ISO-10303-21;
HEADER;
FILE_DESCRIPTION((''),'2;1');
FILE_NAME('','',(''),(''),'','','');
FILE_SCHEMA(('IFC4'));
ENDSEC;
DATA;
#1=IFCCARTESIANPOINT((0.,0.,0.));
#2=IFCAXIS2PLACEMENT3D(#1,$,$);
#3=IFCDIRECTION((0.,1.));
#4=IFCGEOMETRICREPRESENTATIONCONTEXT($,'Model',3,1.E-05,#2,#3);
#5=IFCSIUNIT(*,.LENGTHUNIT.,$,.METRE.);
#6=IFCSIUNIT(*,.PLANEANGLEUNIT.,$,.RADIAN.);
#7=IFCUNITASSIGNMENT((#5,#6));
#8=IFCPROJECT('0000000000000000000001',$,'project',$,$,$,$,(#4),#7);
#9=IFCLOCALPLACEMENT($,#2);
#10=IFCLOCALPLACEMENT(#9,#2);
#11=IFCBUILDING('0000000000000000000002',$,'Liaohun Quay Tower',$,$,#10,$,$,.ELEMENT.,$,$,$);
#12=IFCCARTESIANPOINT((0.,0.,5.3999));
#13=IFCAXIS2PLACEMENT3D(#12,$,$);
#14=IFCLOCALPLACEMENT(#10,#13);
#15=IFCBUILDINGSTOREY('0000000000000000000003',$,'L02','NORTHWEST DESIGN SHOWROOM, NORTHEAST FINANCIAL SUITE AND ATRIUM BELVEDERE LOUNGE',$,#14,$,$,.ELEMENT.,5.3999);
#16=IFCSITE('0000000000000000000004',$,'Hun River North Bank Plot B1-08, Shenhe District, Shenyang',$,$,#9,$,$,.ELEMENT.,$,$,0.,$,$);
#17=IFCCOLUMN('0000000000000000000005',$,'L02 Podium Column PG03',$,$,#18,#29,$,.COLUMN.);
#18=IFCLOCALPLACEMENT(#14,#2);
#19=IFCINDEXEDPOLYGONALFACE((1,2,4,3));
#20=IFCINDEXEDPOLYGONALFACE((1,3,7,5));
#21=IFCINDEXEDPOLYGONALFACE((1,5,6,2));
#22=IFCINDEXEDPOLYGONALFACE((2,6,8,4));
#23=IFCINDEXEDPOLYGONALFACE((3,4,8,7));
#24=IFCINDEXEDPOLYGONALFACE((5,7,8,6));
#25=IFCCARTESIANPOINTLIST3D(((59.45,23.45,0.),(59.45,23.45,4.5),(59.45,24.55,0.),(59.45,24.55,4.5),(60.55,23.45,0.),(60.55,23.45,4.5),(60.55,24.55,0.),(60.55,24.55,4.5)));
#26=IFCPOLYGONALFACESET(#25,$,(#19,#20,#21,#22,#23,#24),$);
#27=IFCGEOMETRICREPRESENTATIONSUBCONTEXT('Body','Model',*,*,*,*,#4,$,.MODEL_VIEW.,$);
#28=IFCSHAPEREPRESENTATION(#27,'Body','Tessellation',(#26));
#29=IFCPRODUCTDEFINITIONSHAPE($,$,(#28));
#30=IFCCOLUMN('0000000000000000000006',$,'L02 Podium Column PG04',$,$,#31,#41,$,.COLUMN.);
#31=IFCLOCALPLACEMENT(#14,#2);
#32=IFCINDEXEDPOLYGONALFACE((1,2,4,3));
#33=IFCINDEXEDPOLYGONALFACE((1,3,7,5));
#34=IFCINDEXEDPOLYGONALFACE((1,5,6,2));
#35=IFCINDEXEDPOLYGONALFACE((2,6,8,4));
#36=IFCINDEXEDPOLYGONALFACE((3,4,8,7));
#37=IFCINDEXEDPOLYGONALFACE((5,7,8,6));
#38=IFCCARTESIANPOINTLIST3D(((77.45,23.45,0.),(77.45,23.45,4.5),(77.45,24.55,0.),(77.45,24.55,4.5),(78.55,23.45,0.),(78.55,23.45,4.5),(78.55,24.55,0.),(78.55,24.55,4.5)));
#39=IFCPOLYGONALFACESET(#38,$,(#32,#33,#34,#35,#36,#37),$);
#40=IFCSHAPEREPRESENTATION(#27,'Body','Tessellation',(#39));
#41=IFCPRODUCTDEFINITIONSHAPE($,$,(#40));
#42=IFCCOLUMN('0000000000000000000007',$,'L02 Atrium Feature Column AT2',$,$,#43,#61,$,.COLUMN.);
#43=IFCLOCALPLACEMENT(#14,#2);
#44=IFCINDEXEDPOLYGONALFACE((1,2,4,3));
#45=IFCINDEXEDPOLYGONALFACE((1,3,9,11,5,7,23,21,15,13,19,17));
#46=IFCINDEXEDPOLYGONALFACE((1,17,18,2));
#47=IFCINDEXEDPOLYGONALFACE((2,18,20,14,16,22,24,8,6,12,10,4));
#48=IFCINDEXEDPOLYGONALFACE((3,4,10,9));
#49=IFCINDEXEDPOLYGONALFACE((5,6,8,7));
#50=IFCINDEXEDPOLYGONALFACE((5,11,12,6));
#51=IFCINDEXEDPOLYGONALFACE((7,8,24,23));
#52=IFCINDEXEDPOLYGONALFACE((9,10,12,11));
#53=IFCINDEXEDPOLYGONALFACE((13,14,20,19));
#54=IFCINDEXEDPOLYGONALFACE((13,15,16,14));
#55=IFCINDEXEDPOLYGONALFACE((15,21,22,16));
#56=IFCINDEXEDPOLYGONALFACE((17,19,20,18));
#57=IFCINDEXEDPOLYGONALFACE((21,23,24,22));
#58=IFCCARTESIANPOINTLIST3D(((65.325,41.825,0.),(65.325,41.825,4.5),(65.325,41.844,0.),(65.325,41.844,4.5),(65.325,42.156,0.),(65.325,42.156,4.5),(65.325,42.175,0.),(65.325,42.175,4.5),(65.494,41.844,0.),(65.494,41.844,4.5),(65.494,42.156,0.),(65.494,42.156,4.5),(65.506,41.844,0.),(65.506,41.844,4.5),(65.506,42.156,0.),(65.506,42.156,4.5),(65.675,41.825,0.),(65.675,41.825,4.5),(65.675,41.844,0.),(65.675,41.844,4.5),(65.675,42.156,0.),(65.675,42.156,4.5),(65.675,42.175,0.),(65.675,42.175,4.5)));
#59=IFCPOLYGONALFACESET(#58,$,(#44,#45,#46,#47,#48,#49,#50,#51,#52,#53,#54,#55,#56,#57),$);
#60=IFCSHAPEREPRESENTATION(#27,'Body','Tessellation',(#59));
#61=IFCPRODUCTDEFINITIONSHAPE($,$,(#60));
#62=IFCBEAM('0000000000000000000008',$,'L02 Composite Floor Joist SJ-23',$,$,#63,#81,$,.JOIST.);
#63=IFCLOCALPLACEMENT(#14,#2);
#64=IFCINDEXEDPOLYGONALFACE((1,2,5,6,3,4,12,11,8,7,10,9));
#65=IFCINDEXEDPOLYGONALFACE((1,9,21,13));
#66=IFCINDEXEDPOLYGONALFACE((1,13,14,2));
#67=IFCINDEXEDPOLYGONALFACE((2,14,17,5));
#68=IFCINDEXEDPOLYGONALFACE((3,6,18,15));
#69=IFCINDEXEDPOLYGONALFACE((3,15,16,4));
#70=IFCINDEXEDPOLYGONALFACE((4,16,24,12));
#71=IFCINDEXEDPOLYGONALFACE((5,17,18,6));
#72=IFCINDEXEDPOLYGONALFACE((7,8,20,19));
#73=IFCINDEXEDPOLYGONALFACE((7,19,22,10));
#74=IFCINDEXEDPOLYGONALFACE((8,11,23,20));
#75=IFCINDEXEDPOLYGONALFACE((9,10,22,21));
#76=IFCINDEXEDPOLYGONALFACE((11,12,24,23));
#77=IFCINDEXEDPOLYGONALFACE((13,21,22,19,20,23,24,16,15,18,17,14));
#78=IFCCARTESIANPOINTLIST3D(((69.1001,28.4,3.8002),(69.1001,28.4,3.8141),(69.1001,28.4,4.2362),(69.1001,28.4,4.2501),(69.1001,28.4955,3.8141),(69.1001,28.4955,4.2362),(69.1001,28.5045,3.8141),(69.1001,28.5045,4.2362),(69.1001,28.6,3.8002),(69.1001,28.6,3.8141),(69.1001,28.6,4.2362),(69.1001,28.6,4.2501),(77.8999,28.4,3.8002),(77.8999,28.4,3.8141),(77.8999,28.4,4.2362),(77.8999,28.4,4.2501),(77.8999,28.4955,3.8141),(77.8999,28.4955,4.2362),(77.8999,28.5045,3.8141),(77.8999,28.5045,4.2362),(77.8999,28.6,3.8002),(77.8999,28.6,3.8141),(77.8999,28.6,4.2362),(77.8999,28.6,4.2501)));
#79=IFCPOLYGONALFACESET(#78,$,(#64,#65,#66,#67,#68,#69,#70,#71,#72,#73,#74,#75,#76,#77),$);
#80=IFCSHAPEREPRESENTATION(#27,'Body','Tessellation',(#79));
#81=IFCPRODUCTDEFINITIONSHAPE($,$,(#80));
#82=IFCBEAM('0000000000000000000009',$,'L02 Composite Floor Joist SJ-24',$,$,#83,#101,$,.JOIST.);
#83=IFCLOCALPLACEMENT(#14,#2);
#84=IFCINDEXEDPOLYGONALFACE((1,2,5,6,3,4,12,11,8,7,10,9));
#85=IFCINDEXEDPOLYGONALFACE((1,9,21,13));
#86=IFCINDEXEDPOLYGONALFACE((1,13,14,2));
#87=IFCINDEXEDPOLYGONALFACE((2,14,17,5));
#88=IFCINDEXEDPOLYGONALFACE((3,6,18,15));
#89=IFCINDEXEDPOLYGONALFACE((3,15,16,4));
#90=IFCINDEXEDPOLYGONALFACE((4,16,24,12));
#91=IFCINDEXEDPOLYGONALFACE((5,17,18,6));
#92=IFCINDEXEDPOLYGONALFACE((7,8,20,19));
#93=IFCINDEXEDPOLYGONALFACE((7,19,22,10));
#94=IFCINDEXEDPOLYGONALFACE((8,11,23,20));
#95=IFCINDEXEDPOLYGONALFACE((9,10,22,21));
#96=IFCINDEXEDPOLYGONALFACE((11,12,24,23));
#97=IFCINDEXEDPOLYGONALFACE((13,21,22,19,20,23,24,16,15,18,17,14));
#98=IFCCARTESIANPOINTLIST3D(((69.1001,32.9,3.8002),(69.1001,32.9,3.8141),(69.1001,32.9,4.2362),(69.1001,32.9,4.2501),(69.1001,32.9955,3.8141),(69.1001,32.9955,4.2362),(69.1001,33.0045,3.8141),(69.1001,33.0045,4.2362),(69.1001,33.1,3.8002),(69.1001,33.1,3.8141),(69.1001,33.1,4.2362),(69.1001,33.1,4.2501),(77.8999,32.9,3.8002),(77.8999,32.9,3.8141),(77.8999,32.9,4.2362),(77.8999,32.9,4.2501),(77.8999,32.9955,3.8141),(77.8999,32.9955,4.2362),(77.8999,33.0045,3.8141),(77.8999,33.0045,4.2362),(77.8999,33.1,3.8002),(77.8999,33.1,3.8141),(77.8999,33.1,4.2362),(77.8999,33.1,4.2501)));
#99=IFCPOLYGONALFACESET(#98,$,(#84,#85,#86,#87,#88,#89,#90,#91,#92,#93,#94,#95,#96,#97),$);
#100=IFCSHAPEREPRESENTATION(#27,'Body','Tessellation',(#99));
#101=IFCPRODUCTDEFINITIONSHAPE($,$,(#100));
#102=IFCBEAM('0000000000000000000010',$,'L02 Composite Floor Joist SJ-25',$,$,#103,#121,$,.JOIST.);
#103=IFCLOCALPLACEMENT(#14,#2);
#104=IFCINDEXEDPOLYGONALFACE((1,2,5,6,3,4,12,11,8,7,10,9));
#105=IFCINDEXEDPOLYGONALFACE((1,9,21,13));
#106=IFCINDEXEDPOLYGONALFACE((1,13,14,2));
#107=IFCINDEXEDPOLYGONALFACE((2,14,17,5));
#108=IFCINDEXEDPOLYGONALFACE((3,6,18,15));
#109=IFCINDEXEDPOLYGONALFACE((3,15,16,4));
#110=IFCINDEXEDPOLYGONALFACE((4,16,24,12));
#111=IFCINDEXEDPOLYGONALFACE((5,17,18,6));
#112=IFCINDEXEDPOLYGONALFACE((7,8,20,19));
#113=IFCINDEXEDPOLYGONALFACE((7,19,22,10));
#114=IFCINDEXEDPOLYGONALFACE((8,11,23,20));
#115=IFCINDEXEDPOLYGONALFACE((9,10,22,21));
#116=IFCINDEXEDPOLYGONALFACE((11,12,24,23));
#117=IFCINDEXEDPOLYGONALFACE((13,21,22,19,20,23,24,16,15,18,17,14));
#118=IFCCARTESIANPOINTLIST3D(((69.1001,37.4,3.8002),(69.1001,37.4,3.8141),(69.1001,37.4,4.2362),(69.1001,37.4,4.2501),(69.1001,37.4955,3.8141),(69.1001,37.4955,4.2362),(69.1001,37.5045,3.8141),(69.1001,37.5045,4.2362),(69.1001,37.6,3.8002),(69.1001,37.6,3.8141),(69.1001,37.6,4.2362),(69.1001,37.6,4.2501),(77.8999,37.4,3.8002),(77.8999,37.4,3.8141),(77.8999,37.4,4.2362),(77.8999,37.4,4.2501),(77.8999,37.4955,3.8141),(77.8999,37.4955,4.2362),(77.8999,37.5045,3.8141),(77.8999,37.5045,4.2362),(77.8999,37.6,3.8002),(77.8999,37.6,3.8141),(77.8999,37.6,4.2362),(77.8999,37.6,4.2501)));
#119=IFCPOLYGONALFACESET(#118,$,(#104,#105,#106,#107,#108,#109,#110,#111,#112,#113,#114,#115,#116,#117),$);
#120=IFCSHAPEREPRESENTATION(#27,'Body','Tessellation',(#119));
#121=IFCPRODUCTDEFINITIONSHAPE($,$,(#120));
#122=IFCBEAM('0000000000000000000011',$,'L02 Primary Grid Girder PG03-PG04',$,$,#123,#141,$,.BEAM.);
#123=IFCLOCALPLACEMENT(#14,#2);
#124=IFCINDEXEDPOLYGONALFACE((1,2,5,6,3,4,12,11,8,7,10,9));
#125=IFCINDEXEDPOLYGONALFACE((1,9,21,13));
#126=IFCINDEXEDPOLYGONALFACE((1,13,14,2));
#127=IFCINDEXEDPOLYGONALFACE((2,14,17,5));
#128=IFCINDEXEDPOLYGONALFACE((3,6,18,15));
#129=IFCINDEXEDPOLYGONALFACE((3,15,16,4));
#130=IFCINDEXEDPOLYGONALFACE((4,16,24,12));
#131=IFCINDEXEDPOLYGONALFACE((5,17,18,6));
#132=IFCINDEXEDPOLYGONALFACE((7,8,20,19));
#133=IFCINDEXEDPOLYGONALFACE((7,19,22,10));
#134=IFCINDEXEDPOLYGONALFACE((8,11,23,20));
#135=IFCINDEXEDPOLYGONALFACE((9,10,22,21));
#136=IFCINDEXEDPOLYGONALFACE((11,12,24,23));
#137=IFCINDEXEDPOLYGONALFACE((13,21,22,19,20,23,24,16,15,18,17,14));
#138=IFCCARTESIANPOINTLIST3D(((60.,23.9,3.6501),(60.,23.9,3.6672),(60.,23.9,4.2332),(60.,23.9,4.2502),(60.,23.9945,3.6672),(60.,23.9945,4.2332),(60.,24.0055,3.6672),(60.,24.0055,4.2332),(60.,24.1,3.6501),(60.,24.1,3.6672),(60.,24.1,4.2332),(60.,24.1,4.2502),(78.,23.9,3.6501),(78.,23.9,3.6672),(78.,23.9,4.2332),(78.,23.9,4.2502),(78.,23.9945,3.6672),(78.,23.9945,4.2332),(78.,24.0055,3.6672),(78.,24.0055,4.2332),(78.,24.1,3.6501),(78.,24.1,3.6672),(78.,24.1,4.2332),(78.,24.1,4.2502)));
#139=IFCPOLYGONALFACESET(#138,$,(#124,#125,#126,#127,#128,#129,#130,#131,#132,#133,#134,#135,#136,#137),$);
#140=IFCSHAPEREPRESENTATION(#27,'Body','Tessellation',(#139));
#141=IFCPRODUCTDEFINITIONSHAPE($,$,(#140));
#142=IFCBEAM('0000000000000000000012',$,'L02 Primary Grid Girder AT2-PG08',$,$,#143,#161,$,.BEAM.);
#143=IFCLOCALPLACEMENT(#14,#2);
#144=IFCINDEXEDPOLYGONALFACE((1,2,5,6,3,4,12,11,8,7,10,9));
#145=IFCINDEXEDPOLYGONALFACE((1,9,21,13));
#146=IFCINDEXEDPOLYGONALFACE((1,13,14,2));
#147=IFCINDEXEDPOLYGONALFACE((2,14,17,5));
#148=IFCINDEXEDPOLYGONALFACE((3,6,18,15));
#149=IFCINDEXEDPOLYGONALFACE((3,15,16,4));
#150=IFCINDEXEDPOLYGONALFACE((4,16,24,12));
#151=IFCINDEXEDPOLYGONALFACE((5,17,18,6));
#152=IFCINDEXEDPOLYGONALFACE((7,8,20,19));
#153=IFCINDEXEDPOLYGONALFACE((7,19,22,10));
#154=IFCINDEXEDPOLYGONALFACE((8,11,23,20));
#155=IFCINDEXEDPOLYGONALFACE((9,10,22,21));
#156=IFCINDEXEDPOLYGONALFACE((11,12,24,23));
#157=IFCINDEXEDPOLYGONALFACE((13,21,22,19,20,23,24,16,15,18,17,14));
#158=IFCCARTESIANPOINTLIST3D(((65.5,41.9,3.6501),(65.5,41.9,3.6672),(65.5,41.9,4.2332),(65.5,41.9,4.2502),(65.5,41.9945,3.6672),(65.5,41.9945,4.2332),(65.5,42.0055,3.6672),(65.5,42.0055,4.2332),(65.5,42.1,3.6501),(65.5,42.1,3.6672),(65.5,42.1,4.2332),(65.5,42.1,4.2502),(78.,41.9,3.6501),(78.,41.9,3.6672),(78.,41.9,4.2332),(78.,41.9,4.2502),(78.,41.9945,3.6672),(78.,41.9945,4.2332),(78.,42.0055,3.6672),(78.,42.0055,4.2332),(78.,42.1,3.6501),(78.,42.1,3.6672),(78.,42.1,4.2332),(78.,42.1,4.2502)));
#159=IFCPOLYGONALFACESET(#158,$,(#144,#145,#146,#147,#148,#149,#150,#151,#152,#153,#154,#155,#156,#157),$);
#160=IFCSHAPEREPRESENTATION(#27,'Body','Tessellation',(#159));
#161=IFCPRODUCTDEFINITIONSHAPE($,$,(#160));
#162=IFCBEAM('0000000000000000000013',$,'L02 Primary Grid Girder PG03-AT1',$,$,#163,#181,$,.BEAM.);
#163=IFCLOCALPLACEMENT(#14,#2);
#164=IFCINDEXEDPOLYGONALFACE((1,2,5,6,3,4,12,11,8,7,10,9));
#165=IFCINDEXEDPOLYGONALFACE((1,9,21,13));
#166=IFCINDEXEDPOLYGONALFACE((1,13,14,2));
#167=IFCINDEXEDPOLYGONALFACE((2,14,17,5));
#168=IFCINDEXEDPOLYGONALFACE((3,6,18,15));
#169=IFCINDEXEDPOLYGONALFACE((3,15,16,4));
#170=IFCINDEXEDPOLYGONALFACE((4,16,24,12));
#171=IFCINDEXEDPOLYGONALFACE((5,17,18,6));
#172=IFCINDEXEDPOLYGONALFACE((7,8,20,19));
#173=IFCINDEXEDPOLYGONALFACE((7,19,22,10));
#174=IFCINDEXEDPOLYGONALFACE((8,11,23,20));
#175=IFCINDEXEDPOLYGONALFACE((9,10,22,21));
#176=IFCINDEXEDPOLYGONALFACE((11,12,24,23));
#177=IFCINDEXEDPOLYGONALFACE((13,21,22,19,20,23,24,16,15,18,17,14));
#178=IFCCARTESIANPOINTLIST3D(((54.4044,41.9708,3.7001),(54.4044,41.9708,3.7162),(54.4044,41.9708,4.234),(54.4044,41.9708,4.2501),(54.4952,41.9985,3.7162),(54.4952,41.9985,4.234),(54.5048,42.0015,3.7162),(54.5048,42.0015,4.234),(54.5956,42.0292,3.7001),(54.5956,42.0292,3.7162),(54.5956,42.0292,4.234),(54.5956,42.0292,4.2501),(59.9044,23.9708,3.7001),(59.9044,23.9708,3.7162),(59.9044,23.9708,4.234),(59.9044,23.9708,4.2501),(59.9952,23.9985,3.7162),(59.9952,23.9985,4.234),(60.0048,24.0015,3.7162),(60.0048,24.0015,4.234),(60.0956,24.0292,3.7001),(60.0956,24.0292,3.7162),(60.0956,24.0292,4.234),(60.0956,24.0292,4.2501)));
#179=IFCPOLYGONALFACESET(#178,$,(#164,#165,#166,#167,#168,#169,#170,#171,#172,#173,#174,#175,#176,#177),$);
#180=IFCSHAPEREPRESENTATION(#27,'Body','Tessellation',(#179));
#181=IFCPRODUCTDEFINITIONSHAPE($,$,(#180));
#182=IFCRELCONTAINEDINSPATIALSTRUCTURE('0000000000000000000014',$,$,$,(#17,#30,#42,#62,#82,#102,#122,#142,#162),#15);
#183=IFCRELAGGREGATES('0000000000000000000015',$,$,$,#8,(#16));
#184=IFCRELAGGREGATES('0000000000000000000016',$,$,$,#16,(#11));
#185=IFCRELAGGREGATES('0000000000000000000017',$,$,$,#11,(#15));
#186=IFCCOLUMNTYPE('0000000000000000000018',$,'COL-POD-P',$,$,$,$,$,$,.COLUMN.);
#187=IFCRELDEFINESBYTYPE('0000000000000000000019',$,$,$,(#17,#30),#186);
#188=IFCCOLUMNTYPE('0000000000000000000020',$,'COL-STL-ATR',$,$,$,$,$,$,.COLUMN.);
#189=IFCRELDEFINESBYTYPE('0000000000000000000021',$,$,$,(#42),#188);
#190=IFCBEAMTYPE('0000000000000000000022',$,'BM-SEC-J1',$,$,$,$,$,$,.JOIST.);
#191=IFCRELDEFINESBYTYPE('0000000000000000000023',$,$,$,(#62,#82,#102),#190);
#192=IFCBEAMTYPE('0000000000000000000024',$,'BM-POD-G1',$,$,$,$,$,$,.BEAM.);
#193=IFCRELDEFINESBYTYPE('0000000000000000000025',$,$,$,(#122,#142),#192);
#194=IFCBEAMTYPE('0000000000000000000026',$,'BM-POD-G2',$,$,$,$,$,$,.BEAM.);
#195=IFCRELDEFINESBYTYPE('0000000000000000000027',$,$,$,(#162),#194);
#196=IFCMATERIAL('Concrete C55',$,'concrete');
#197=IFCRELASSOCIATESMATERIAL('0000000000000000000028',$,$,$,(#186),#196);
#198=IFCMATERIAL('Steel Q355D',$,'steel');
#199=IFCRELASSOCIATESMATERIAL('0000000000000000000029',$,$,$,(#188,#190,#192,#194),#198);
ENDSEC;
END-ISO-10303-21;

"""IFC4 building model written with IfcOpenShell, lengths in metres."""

from ifc_helpers import new_model, si_unit, direction, frame, origin, origin_2d, place, context, subcontext, project, spatial, rectangle, i_section, extrude, source, transform, mapped, material, material_profile, profile_set, type_object, element, save


model = new_model("IFC4")

# Units and contexts
model_context = context("Model", 3, precision=1e-05, world=origin(), true_north=direction((0.0, 1.0)))
body_context = subcontext(model_context, "Body", "Model", "MODEL_VIEW")
ifc_project = project(units=[si_unit("LENGTHUNIT", "METRE"), si_unit("PLANEANGLEUNIT", "RADIAN")], contexts=[model_context])

# Site, building, storey
site_placement = place(None, origin())
site = spatial("IfcSite", under=ifc_project, at=site_placement, Name="Hun River North Bank Plot B1-08, Shenhe District, Shenyang", CompositionType="ELEMENT", RefElevation=0.0)
building_placement = place(site_placement, origin())
building = spatial("IfcBuilding", under=site, at=building_placement, Name="Liaohun Quay Tower", CompositionType="ELEMENT")
storey_placement = place(building_placement, frame((0.0, 0.0, 5.3999)))
storey = spatial("IfcBuildingStorey", under=building, at=storey_placement, Name="L02", Description="NORTHWEST DESIGN SHOWROOM, NORTHEAST FINANCIAL SUITE AND ATRIUM BELVEDERE LOUNGE", CompositionType="ELEMENT", Elevation=5.3999)

# Columns
ifc_material_1 = material(Name="Concrete C55", Category="concrete")
ifc_material_profile_1 = material_profile(ifc_material_1, rectangle(XDim=1.1001, YDim=1.1001, at=origin_2d()), Name="RC1100x1100")
ifc_profile_set_1 = profile_set([ifc_material_profile_1], Name="Concrete C55")
column_type_1 = type_object("IfcColumnType", Name="COL-POD-P", PredefinedType="COLUMN", material=ifc_profile_set_1)
shared_shape_1 = source(origin(), body_context, "Body", "SweptSolid", [
    extrude(rectangle(XDim=1.1001, YDim=1.1001, at=origin_2d()), origin(), (0.0, 0.0, 1.0), 4.5),
])
for number, where, z_axis, x_axis, name in (
    (1, (60.0, 24.0, 0.0), (0.0, 0.0, 1.0), (1.0, 0.0, 0.0), "L02 Podium Column PG03"),
    (2, (78.0, 24.0, 0.0), (0.0, 0.0, 1.0), (1.0, 0.0, 0.0), "L02 Podium Column PG04"),
):
    element("IfcColumn", number, at=place(storey_placement, frame(where, z_axis=z_axis, x_axis=x_axis)), inside=storey, type_object=column_type_1, Name=name, PredefinedType="COLUMN", context=body_context, shape_type="MappedRepresentation", body=[
        mapped(shared_shape_1, transform((0.0, 0.0, 0.0), x_axis=(1.0, 0.0, 0.0), y_axis=(0.0, 1.0, 0.0), z_axis=(0.0, 0.0, 1.0), scale=1.0)),
    ])
ifc_material_2 = material(Name="Steel Q355D", Category="steel")
ifc_material_profile_2 = material_profile(ifc_material_2, i_section(OverallWidth=0.3501, OverallDepth=0.3501, WebThickness=0.012, FlangeThickness=0.019, at=origin_2d()), Name="HW350x350x12x19")
ifc_profile_set_2 = profile_set([ifc_material_profile_2], Name="Steel Q355D")
column_type_2 = type_object("IfcColumnType", Name="COL-STL-ATR", PredefinedType="COLUMN", material=ifc_profile_set_2)
shared_shape_2 = source(origin(), body_context, "Body", "SweptSolid", [
    extrude(i_section(OverallWidth=0.3501, OverallDepth=0.3501, WebThickness=0.012, FlangeThickness=0.019, at=origin_2d()), origin(), (0.0, 0.0, 1.0), 4.5),
])
column_placement = place(storey_placement, frame((65.5, 42.0, 0.0), z_axis=(0.0, 0.0, 1.0), x_axis=(1.0, 0.0, 0.0)))
element("IfcColumn", 3, at=column_placement, inside=storey, type_object=column_type_2, Name="L02 Atrium Feature Column AT2", PredefinedType="COLUMN", context=body_context, shape_type="MappedRepresentation", body=[
    mapped(shared_shape_2, transform((0.0, 0.0, 0.0), x_axis=(1.0, 0.0, 0.0), y_axis=(0.0, 1.0, 0.0), z_axis=(0.0, 0.0, 1.0), scale=1.0)),
])

# Beams
ifc_material_profile_3 = material_profile(ifc_material_2, i_section(OverallWidth=0.2, OverallDepth=0.45, WebThickness=0.009, FlangeThickness=0.0139, at=origin_2d()), Name="HN450x200x9x14")
ifc_profile_set_3 = profile_set([ifc_material_profile_3], Name="Steel Q355D")
beam_type_1 = type_object("IfcBeamType", Name="BM-SEC-J1", PredefinedType="JOIST", material=ifc_profile_set_3)
shared_shape_3 = source(origin(), body_context, "Body", "SweptSolid", [
    extrude(i_section(OverallWidth=0.2, OverallDepth=0.45, WebThickness=0.009, FlangeThickness=0.0139, at=origin_2d()), origin(), (0.0, 0.0, 1.0), 8.7998),
])
for number, where, z_axis, x_axis, name in (
    (4, (69.1001, 28.5, 4.0251), (1.0, 0.0, 0.0), (0.0, 1.0, 0.0), "L02 Composite Floor Joist SJ-23"),
    (5, (69.1001, 33.0, 4.0251), (1.0, 0.0, 0.0), (0.0, 1.0, 0.0), "L02 Composite Floor Joist SJ-24"),
    (6, (69.1001, 37.5, 4.0251), (1.0, 0.0, 0.0), (0.0, 1.0, 0.0), "L02 Composite Floor Joist SJ-25"),
):
    element("IfcBeam", number, at=place(storey_placement, frame(where, z_axis=z_axis, x_axis=x_axis)), inside=storey, type_object=beam_type_1, Name=name, PredefinedType="JOIST", context=body_context, shape_type="MappedRepresentation", body=[
        mapped(shared_shape_3, transform((0.0, 0.0, 0.0), x_axis=(1.0, 0.0, 0.0), y_axis=(0.0, 1.0, 0.0), z_axis=(0.0, 0.0, 1.0), scale=1.0)),
    ])
ifc_material_profile_4 = material_profile(ifc_material_2, i_section(OverallWidth=0.2, OverallDepth=0.6001, WebThickness=0.011, FlangeThickness=0.0171, at=origin_2d()), Name="HN600x200x11x17")
ifc_profile_set_4 = profile_set([ifc_material_profile_4], Name="Steel Q355D")
beam_type_2 = type_object("IfcBeamType", Name="BM-POD-G1", PredefinedType="BEAM", material=ifc_profile_set_4)
shared_shape_4 = source(origin(), body_context, "Body", "SweptSolid", [
    extrude(i_section(OverallWidth=0.2, OverallDepth=0.6001, WebThickness=0.011, FlangeThickness=0.0171, at=origin_2d()), origin(), (0.0, 0.0, 1.0), 18.0),
])
beam_1_placement = place(storey_placement, frame((60.0, 24.0, 3.9502), z_axis=(1.0, 0.0, 0.0), x_axis=(0.0, 1.0, 0.0)))
element("IfcBeam", 7, at=beam_1_placement, inside=storey, type_object=beam_type_2, Name="L02 Primary Grid Girder PG03-PG04", PredefinedType="BEAM", context=body_context, shape_type="MappedRepresentation", body=[
    mapped(shared_shape_4, transform((0.0, 0.0, 0.0), x_axis=(1.0, 0.0, 0.0), y_axis=(0.0, 1.0, 0.0), z_axis=(0.0, 0.0, 1.0), scale=1.0)),
])
shared_shape_5 = source(origin(), body_context, "Body", "SweptSolid", [
    extrude(i_section(OverallWidth=0.2, OverallDepth=0.6001, WebThickness=0.011, FlangeThickness=0.0171, at=origin_2d()), origin(), (0.0, 0.0, 1.0), 12.5),
])
beam_2_placement = place(storey_placement, frame((65.5, 42.0, 3.9502), z_axis=(1.0, 0.0, 0.0), x_axis=(0.0, 1.0, 0.0)))
element("IfcBeam", 8, at=beam_2_placement, inside=storey, type_object=beam_type_2, Name="L02 Primary Grid Girder AT2-PG08", PredefinedType="BEAM", context=body_context, shape_type="MappedRepresentation", body=[
    mapped(shared_shape_5, transform((0.0, 0.0, 0.0), x_axis=(1.0, 0.0, 0.0), y_axis=(0.0, 1.0, 0.0), z_axis=(0.0, 0.0, 1.0), scale=1.0)),
])
ifc_material_profile_5 = material_profile(ifc_material_2, i_section(OverallWidth=0.2, OverallDepth=0.55, WebThickness=0.01, FlangeThickness=0.0161, at=origin_2d()), Name="HN550x200x10x16")
ifc_profile_set_5 = profile_set([ifc_material_profile_5], Name="Steel Q355D")
beam_type_3 = type_object("IfcBeamType", Name="BM-POD-G2", PredefinedType="BEAM", material=ifc_profile_set_5)
shared_shape_6 = source(origin(), body_context, "Body", "SweptSolid", [
    extrude(i_section(OverallWidth=0.2, OverallDepth=0.55, WebThickness=0.01, FlangeThickness=0.0161, at=origin_2d()), origin(), (0.0, 0.0, 1.0), 18.8215),
])
for number, where, z_axis, x_axis, name in (
    (9, (60.0, 24.0, 3.9751), (-0.292219, 0.956352, 0.0), (-0.956352, -0.292219, 0.0), "L02 Primary Grid Girder PG03-AT1"),
):
    element("IfcBeam", number, at=place(storey_placement, frame(where, z_axis=z_axis, x_axis=x_axis)), inside=storey, type_object=beam_type_3, Name=name, PredefinedType="BEAM", context=body_context, shape_type="MappedRepresentation", body=[
        mapped(shared_shape_6, transform((0.0, 0.0, 0.0), x_axis=(1.0, 0.0, 0.0), y_axis=(0.0, 1.0, 0.0), z_axis=(0.0, 0.0, 1.0), scale=1.0)),
    ])

save(model, "model.ifc")
